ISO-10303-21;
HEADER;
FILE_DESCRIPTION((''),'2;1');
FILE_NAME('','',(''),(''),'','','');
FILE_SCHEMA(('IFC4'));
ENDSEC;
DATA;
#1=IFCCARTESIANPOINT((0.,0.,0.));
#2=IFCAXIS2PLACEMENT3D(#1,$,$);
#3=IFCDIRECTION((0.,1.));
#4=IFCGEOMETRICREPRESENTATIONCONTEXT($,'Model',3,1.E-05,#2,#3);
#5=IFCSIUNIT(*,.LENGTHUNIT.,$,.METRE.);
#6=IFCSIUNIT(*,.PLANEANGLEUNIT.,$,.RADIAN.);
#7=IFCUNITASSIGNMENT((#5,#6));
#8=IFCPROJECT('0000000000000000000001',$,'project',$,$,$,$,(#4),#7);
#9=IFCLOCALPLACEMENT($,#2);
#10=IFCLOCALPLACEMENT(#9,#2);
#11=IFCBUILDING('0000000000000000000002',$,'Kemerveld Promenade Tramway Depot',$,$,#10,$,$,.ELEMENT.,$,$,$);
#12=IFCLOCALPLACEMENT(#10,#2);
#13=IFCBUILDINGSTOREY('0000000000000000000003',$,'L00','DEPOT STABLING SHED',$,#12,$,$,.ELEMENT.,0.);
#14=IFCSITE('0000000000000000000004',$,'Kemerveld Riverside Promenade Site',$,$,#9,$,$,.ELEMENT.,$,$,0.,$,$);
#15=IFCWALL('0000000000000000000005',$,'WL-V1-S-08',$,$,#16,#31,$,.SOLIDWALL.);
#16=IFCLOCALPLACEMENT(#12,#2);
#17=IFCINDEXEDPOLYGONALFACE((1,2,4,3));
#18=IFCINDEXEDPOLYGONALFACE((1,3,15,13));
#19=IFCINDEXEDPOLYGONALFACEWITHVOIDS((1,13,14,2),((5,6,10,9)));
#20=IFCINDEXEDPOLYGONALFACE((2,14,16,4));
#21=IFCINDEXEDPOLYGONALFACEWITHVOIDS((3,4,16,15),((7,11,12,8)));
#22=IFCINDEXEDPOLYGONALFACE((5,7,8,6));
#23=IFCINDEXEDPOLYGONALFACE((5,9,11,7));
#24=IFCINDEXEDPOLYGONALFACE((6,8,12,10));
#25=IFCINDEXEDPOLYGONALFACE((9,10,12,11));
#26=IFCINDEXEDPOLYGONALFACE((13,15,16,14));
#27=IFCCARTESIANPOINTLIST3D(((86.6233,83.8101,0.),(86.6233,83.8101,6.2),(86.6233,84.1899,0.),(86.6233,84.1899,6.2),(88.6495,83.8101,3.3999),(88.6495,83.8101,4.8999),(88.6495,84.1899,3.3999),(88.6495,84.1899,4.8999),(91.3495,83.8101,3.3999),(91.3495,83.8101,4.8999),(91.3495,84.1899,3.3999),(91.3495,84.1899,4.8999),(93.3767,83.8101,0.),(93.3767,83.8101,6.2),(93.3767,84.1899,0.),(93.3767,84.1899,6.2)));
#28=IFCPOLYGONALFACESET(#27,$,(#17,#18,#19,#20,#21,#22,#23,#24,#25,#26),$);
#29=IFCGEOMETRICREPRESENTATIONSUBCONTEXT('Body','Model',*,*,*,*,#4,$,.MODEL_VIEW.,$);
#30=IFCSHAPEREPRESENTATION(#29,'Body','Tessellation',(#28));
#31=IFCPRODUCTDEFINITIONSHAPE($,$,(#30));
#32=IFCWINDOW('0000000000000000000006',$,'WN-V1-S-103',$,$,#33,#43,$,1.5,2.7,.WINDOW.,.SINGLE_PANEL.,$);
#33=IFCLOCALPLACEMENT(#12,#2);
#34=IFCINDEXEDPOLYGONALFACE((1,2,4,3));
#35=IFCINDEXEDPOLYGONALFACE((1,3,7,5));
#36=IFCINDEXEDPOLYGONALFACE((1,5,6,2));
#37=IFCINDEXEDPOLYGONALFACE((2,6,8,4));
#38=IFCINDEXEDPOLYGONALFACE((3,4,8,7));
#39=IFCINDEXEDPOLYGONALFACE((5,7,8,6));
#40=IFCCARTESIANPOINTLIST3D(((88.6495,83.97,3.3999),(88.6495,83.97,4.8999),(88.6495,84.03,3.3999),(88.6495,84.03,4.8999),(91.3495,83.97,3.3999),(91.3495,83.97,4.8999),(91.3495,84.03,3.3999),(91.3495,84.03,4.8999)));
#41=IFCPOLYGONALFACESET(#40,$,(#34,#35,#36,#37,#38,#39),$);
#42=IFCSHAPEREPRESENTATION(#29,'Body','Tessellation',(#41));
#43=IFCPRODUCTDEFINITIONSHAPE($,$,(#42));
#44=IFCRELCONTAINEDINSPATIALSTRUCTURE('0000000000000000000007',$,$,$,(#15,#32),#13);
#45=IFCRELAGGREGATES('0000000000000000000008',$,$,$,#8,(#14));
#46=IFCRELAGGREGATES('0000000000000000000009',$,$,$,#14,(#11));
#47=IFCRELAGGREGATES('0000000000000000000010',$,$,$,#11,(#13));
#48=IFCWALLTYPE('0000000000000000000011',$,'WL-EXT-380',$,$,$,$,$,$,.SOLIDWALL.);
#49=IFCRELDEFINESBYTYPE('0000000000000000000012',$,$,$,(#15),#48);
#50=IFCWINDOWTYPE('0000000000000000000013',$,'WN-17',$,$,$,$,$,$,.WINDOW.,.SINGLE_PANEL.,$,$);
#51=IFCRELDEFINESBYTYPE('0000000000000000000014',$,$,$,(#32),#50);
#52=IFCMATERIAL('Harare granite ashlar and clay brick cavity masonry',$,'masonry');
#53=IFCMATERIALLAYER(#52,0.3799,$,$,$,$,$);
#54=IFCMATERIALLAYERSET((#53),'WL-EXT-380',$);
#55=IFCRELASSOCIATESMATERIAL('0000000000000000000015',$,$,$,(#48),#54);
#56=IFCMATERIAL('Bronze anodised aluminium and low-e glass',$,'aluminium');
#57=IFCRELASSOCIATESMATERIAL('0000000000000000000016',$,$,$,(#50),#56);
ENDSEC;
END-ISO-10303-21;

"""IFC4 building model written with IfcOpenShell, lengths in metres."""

from ifc_helpers import new_model, si_unit, direction, frame, frame_2d, origin, place, context, subcontext, project, spatial, rectangle, extrude, material, layer, layer_set, type_object, element, fill, save


model = new_model("IFC4")

# Units and contexts
model_context = context("Model", 3, precision=1e-05, world=origin(), true_north=direction((0.0, 1.0)))
body_context = subcontext(model_context, "Body", "Model", "MODEL_VIEW")
ifc_project = project(units=[si_unit("LENGTHUNIT", "METRE"), si_unit("PLANEANGLEUNIT", "RADIAN")], contexts=[model_context])

# Site, building, storey
site_placement = place(None, origin())
site = spatial("IfcSite", under=ifc_project, at=site_placement, Name="Kemerveld Riverside Promenade Site", CompositionType="ELEMENT", RefElevation=0.0)
building_placement = place(site_placement, origin())
building = spatial("IfcBuilding", under=site, at=building_placement, Name="Kemerveld Promenade Tramway Depot", CompositionType="ELEMENT")
storey_placement = place(building_placement, origin())
storey = spatial("IfcBuildingStorey", under=building, at=storey_placement, Name="L00", Description="DEPOT STABLING SHED", CompositionType="ELEMENT", Elevation=0.0)

# Shared definitions
ifc_material_1 = material(Name="Harare granite ashlar and clay brick cavity masonry", Category="masonry")
ifc_layer_1 = layer(ifc_material_1, 0.3799)
ifc_layer_set_1 = layer_set([ifc_layer_1], Name="WL-EXT-380")
wall_type = type_object("IfcWallType", Name="WL-EXT-380", PredefinedType="SOLIDWALL", material=ifc_layer_set_1)

# Wall, opening, window
wall_1_placement = place(storey_placement, frame((93.3767, 84.0, 0.0), z_axis=(0.0, 0.0, 1.0), x_axis=(-1.0, 0.0, 0.0)))
wall_1 = element("IfcWall", 1, at=wall_1_placement, inside=storey, type_object=wall_type, Name="WL-V1-S-08", PredefinedType="SOLIDWALL", context=body_context, shape_type="SweptSolid", body=[
    extrude(rectangle(XDim=6.7534, YDim=0.3799, at=frame_2d((3.3767, 0.0))), origin(), (0.0, 0.0, 1.0), 6.2),
])
opening_placement = place(wall_1_placement, frame((2.0271, 0.0, 3.3999)))
opening = element("IfcOpeningElement", 2, at=opening_placement, cuts=wall_1, PredefinedType="OPENING", context=body_context, shape_type="SweptSolid", body=[
    extrude(rectangle(XDim=2.7, YDim=1.5, at=frame_2d((1.3501, 0.75))), frame((0.0, 0.2, 0.0), z_axis=(0.0, -1.0, 0.0), x_axis=(1.0, 0.0, 0.0)), (0.0, 0.0, 1.0), 0.3999),
])
ifc_material_2 = material(Name="Bronze anodised aluminium and low-e glass", Category="aluminium")
window_type = type_object("IfcWindowType", Name="WN-17", PartitioningType="SINGLE_PANEL", PredefinedType="WINDOW", material=ifc_material_2)
window_placement = place(opening_placement, origin())
window = element("IfcWindow", 3, at=window_placement, inside=storey, type_object=window_type, Name="WN-V1-S-103", OverallHeight=1.5, OverallWidth=2.7, PartitioningType="SINGLE_PANEL", PredefinedType="WINDOW", context=body_context, shape_type="SweptSolid", body=[
    extrude(rectangle(XDim=2.7, YDim=1.5, at=frame_2d((1.3501, 0.75))), frame((0.0, 0.03, 0.0), z_axis=(0.0, -1.0, 0.0), x_axis=(1.0, 0.0, 0.0)), (0.0, 0.0, 1.0), 0.0601),
])
fill(opening, window)

save(model, "model.ifc")
